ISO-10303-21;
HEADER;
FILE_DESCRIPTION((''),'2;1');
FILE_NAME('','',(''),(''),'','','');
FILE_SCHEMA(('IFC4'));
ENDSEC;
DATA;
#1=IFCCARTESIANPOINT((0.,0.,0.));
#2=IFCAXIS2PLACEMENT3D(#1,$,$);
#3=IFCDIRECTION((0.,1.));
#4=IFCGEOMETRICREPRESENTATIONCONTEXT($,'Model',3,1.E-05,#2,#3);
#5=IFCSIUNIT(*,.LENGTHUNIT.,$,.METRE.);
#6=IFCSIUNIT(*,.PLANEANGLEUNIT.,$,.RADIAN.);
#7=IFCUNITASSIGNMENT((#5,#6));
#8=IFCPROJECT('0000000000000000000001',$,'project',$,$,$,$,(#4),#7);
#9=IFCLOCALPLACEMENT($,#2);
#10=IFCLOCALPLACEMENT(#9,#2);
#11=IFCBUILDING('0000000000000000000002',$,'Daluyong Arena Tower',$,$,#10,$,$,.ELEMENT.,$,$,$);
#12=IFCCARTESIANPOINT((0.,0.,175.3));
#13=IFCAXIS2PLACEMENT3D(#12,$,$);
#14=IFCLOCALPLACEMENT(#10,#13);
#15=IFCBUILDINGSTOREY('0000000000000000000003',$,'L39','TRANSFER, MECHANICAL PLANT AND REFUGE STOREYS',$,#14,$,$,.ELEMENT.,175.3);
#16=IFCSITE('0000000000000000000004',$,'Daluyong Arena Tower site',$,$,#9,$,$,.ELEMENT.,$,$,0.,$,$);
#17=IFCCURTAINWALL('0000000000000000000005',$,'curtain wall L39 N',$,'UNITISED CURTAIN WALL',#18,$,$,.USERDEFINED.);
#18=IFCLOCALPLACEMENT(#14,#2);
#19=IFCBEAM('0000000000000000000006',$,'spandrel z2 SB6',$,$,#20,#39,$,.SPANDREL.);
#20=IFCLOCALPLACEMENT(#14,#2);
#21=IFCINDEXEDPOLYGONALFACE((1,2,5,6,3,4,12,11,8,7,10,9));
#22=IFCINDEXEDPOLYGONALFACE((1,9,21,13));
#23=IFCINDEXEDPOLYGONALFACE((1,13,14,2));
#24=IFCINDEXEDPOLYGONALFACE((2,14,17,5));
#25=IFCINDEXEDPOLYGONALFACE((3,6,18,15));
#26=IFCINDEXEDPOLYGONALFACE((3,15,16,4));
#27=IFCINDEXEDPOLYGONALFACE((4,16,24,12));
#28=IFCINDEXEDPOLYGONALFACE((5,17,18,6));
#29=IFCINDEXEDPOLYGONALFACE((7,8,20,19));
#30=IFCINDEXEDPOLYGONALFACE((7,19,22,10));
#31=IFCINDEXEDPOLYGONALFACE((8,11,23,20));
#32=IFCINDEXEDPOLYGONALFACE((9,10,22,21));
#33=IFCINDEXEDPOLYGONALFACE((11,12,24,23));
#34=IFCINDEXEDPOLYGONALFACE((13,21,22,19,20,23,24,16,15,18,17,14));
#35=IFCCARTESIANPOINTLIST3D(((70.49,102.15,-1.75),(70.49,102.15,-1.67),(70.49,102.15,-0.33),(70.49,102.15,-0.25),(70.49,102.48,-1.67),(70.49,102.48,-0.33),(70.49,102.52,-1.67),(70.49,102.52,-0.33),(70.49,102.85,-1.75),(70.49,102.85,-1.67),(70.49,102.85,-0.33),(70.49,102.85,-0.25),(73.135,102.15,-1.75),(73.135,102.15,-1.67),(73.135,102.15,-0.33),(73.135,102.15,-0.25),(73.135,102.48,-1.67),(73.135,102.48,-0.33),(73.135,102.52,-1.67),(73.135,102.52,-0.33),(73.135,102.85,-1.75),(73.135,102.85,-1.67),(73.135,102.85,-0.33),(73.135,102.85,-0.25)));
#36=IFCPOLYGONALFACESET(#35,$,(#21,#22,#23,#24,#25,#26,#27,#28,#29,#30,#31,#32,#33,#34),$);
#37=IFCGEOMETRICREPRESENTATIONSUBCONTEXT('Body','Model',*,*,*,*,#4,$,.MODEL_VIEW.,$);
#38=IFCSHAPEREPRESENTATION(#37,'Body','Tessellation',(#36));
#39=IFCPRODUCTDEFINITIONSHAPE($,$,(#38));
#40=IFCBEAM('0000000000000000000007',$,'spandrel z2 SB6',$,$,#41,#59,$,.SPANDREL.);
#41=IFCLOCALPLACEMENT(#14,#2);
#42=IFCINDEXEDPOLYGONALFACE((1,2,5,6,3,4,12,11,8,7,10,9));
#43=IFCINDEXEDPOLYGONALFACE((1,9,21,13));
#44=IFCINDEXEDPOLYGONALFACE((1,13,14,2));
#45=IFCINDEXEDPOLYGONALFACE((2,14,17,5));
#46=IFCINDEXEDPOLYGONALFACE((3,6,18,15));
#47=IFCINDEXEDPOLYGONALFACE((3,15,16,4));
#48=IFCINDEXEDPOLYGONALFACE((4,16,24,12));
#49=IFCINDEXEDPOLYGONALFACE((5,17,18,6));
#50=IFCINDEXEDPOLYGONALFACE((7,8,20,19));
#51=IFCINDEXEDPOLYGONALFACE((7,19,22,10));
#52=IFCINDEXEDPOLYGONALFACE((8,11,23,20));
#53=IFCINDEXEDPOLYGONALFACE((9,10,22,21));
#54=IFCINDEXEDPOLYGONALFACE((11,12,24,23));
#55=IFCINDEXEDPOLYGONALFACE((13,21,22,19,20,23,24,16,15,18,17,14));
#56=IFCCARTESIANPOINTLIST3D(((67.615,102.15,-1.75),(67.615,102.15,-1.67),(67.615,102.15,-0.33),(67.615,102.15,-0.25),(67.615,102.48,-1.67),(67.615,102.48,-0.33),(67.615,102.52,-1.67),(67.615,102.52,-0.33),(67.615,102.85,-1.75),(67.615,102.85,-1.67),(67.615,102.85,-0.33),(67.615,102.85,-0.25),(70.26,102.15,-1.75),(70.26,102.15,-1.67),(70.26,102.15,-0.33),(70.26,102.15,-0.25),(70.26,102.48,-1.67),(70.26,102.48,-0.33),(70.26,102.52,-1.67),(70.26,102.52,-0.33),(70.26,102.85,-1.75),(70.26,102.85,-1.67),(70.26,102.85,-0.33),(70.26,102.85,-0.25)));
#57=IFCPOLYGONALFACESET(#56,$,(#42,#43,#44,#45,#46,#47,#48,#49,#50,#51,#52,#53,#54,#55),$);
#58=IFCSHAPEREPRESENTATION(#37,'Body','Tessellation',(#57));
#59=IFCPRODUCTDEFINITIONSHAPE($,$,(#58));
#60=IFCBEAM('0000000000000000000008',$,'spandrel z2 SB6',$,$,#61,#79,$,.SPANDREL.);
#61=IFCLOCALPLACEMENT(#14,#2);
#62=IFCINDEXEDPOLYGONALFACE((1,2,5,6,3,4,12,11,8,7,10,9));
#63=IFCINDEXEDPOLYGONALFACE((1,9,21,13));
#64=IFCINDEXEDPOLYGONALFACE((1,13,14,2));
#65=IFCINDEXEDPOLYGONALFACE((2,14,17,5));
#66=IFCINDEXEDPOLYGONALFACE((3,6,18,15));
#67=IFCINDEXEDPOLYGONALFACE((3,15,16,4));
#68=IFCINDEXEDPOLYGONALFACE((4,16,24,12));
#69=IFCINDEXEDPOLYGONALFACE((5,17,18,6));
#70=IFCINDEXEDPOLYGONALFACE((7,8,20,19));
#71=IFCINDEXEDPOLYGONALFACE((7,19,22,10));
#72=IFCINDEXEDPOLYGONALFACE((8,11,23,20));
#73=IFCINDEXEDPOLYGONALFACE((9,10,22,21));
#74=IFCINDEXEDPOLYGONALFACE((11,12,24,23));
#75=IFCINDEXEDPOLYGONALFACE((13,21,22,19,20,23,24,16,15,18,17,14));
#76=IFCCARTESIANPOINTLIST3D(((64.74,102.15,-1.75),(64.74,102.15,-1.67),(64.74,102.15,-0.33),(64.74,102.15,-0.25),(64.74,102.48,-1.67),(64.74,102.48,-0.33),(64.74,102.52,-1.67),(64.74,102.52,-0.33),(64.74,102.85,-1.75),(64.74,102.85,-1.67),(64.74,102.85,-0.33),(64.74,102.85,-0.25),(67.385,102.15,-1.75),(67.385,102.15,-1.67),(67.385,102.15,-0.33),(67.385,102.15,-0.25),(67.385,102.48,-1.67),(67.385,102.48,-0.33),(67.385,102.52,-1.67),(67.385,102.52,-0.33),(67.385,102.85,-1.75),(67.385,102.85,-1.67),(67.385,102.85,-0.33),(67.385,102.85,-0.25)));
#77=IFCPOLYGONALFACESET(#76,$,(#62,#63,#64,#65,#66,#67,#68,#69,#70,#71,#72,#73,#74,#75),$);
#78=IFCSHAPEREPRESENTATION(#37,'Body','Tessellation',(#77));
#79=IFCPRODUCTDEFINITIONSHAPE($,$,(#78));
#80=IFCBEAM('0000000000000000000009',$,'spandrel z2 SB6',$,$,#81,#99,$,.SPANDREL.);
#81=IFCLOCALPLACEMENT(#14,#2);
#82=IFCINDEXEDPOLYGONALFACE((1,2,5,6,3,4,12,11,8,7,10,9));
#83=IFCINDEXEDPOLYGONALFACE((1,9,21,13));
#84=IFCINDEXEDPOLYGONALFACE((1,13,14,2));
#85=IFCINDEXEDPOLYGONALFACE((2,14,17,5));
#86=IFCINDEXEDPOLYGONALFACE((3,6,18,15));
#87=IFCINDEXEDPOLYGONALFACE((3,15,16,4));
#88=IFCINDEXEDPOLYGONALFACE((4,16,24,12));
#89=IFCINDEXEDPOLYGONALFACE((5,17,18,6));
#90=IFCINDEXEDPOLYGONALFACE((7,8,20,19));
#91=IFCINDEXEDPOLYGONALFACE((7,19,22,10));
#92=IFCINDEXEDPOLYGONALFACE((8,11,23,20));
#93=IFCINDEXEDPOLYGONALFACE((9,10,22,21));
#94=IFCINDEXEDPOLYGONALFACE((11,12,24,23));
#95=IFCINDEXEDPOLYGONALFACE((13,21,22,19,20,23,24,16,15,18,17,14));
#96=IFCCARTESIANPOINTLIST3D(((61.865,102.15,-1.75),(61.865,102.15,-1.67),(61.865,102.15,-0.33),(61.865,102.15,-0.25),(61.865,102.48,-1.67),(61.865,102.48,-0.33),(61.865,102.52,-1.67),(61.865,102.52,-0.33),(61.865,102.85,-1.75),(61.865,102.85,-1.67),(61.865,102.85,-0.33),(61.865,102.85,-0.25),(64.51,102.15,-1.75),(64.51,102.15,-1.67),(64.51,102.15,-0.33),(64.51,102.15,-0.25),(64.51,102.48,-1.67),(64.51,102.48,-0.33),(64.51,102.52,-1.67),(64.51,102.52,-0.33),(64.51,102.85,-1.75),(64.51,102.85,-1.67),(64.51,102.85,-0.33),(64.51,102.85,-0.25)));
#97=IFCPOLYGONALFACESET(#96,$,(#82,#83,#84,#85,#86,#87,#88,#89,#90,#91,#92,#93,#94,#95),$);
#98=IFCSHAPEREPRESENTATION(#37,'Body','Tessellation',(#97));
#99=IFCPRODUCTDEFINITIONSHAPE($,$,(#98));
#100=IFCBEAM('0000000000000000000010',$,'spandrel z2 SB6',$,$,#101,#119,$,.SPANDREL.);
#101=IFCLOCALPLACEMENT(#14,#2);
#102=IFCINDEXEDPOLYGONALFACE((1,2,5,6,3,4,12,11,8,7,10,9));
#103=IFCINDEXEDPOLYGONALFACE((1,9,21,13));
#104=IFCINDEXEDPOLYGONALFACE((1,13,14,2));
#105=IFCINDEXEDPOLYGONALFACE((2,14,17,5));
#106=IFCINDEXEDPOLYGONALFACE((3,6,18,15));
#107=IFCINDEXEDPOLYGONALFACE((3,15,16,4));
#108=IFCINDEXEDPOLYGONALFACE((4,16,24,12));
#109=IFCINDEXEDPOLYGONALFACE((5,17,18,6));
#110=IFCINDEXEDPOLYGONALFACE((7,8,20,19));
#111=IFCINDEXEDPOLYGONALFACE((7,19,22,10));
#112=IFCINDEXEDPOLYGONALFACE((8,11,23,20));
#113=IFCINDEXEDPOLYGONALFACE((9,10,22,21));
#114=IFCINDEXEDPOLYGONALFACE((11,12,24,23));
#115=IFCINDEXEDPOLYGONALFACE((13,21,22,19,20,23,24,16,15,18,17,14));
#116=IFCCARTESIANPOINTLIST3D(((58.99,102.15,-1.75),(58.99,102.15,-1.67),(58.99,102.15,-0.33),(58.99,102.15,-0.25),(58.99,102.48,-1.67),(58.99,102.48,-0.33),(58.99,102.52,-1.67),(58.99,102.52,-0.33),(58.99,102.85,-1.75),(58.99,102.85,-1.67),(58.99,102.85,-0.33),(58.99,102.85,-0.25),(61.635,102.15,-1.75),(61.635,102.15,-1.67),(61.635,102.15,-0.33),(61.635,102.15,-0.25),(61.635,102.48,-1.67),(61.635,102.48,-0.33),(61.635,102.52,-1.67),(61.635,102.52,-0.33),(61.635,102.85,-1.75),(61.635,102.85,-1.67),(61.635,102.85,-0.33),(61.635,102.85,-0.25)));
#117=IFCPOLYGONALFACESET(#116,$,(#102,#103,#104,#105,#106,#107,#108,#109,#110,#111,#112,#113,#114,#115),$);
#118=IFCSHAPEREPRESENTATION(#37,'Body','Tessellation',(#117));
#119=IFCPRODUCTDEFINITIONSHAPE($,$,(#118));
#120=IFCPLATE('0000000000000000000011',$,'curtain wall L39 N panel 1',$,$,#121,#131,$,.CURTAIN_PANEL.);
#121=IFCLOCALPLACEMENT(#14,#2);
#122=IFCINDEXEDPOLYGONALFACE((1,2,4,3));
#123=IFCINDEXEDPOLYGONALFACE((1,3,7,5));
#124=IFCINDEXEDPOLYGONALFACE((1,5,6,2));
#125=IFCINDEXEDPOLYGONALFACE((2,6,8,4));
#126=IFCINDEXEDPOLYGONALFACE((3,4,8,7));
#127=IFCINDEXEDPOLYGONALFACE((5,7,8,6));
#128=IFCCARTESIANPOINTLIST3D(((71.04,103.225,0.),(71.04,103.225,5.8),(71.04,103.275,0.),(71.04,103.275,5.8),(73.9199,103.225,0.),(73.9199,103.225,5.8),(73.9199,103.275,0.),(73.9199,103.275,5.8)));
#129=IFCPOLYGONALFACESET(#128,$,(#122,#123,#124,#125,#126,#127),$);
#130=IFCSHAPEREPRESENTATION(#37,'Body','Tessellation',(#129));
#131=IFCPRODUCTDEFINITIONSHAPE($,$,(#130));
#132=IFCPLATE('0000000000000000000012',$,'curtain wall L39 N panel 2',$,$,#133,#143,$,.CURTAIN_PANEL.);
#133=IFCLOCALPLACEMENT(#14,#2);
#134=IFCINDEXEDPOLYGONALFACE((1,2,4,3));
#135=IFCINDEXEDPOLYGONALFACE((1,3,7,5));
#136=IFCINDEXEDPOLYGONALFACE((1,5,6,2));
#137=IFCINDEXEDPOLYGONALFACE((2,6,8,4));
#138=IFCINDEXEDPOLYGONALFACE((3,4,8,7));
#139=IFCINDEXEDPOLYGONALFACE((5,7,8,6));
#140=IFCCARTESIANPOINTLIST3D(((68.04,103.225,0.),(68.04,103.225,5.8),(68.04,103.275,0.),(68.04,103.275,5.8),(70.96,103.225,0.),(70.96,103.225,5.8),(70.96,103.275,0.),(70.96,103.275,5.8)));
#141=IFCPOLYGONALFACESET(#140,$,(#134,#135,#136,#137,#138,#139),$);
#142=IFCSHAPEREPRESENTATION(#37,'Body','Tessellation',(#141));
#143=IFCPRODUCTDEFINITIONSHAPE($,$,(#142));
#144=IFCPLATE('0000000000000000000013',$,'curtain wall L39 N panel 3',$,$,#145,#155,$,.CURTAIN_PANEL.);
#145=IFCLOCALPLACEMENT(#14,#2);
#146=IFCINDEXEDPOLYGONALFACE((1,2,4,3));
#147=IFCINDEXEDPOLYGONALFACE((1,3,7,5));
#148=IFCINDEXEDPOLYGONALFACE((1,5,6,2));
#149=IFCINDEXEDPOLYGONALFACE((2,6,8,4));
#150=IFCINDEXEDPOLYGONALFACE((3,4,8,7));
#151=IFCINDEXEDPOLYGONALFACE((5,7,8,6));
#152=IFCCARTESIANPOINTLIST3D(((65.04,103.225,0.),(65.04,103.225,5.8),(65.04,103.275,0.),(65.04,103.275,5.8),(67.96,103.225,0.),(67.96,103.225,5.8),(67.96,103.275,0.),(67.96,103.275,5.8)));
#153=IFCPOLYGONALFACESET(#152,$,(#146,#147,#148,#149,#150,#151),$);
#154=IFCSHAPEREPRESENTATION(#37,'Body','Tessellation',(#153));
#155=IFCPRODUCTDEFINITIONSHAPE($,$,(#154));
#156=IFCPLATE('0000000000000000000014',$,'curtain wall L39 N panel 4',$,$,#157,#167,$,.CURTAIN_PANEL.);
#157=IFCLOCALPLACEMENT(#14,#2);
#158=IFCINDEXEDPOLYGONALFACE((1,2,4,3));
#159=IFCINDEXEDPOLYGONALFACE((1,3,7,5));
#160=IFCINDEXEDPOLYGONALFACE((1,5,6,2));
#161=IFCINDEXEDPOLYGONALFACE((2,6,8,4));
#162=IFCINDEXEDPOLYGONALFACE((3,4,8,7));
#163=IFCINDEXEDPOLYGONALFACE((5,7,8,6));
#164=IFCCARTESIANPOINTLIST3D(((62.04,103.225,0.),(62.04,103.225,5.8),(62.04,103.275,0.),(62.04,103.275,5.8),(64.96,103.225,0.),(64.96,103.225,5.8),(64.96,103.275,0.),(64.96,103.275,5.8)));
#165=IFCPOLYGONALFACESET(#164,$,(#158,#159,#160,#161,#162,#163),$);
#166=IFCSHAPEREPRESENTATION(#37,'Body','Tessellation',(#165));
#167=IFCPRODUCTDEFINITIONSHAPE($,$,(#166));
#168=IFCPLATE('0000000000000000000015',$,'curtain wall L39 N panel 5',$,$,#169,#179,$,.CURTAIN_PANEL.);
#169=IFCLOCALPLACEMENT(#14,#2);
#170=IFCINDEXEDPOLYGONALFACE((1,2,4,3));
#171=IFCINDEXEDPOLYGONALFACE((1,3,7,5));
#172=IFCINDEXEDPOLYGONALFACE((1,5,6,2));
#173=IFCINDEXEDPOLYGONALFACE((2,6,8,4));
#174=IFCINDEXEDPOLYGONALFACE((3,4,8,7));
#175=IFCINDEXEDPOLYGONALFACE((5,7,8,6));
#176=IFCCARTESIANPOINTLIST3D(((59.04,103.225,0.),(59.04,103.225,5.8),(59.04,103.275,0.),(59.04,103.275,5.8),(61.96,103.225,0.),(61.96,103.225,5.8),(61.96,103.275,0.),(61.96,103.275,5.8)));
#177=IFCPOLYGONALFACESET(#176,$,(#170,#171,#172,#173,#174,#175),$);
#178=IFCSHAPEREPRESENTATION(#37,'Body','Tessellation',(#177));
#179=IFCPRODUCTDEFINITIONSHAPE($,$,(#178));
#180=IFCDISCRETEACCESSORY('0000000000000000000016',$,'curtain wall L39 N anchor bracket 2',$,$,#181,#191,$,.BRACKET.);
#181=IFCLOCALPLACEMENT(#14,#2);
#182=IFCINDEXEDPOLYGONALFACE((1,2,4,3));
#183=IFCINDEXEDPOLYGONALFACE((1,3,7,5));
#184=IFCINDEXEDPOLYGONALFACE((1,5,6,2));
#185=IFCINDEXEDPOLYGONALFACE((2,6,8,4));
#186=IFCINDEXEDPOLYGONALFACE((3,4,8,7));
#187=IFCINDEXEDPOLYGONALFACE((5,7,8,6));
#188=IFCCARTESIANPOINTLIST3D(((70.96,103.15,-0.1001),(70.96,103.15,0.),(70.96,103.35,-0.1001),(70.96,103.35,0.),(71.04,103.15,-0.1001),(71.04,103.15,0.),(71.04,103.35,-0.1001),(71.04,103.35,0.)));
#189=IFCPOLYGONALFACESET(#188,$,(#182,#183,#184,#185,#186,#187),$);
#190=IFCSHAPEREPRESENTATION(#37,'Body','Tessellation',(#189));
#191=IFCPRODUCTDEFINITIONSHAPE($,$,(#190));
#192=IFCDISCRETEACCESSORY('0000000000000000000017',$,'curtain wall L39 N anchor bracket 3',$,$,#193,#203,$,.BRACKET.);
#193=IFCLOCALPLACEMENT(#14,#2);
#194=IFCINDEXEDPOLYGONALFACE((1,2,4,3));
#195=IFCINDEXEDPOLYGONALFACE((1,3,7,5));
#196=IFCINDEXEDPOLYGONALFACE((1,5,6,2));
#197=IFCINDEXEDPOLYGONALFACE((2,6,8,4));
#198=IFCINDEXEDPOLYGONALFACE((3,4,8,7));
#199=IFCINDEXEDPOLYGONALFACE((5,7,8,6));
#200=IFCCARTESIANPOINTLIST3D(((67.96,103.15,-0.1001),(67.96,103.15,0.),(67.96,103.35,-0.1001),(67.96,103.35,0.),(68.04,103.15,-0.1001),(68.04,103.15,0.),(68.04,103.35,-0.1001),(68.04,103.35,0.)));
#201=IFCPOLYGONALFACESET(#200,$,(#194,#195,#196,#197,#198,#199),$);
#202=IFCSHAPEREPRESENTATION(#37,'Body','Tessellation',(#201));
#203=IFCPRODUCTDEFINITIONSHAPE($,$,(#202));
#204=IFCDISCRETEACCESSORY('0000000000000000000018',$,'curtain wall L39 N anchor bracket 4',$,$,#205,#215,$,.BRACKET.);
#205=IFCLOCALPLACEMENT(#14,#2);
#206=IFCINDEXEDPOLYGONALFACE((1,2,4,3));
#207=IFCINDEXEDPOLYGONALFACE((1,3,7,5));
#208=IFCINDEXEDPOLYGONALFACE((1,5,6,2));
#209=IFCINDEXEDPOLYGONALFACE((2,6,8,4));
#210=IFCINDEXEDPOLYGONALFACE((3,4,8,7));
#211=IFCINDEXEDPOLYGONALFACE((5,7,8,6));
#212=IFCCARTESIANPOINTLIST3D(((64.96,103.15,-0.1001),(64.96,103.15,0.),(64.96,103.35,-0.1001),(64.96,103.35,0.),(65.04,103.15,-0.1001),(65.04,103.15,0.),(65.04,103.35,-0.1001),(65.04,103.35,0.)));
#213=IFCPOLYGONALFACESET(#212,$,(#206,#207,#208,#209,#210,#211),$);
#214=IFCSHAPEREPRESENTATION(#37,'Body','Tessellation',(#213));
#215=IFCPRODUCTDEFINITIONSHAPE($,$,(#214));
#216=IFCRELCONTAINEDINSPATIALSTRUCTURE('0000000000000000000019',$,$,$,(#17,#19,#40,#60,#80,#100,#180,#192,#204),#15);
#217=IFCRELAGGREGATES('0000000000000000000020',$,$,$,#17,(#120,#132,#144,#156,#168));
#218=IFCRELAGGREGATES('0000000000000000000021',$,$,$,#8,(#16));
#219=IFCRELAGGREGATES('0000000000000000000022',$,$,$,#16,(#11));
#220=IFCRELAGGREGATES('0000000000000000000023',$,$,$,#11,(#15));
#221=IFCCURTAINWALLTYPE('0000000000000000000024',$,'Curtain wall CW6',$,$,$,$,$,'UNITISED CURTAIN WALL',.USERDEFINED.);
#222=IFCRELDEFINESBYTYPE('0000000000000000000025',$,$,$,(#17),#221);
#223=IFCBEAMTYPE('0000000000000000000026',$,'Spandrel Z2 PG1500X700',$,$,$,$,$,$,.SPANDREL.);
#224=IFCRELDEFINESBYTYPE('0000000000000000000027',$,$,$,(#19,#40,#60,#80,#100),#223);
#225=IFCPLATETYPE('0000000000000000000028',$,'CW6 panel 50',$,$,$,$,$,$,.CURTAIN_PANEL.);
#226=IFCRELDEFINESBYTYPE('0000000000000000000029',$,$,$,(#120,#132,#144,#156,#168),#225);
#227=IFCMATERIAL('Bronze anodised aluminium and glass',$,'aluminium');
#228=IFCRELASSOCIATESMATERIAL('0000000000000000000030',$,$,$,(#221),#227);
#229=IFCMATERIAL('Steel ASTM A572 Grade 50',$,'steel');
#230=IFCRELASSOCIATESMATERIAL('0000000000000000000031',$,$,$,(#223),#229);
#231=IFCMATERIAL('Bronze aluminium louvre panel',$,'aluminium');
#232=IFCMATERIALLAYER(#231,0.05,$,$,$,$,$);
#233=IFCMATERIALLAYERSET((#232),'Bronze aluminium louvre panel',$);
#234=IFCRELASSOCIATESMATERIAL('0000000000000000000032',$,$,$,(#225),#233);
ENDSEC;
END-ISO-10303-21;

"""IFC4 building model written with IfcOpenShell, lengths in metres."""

from ifc_helpers import new_model, si_unit, direction, frame, origin, origin_2d, place, context, subcontext, project, spatial, rectangle, i_section, extrude, material, layer, layer_set, material_profile, profile_set, type_object, element, aggregate, save


model = new_model("IFC4")

# Units and contexts
model_context = context("Model", 3, precision=1e-05, world=origin(), true_north=direction((0.0, 1.0)))
body_context = subcontext(model_context, "Body", "Model", "MODEL_VIEW")
ifc_project = project(units=[si_unit("LENGTHUNIT", "METRE"), si_unit("PLANEANGLEUNIT", "RADIAN")], contexts=[model_context])

# Site, building, storey
site_placement = place(None, origin())
site = spatial("IfcSite", under=ifc_project, at=site_placement, Name="Daluyong Arena Tower site", CompositionType="ELEMENT", RefElevation=0.0)
building_placement = place(site_placement, origin())
building = spatial("IfcBuilding", under=site, at=building_placement, Name="Daluyong Arena Tower", CompositionType="ELEMENT")
storey_placement = place(building_placement, frame((0.0, 0.0, 175.3)))
storey = spatial("IfcBuildingStorey", under=building, at=storey_placement, Name="L39", Description="TRANSFER, MECHANICAL PLANT AND REFUGE STOREYS", CompositionType="ELEMENT", Elevation=175.3)

# Curtain wall
ifc_material_1 = material(Name="Bronze anodised aluminium and glass", Category="aluminium")
curtain_wall_type = type_object("IfcCurtainWallType", Name="Curtain wall CW6", ElementType="UNITISED CURTAIN WALL", PredefinedType="USERDEFINED", material=ifc_material_1)
curtain_wall_placement = place(storey_placement, origin())
curtain_wall = element("IfcCurtainWall", 1, at=curtain_wall_placement, inside=storey, type_object=curtain_wall_type, Name="curtain wall L39 N", ObjectType="UNITISED CURTAIN WALL", PredefinedType="USERDEFINED")

# Beams
ifc_material_2 = material(Name="Steel ASTM A572 Grade 50", Category="steel")
ifc_material_profile_1 = material_profile(ifc_material_2, i_section(OverallWidth=0.7, OverallDepth=1.5, WebThickness=0.04, FlangeThickness=0.08, at=origin_2d()))
ifc_profile_set_1 = profile_set([ifc_material_profile_1], Name="Steel ASTM A572 Grade 50")
beam_type_1 = type_object("IfcBeamType", Name="Spandrel Z2 PG1500X700", PredefinedType="SPANDREL", material=ifc_profile_set_1)
for number, where, z_axis, x_axis, name in (
    (2, (73.135, 102.5, -1.0), (-1.0, 0.0, 0.0), (0.0, -1.0, 0.0), "spandrel z2 SB6"),
    (3, (70.26, 102.5, -1.0), (-1.0, 0.0, 0.0), (0.0, -1.0, 0.0), "spandrel z2 SB6"),
    (4, (67.385, 102.5, -1.0), (-1.0, 0.0, 0.0), (0.0, -1.0, 0.0), "spandrel z2 SB6"),
    (5, (64.51, 102.5, -1.0), (-1.0, 0.0, 0.0), (0.0, -1.0, 0.0), "spandrel z2 SB6"),
    (6, (61.635, 102.5, -1.0), (-1.0, 0.0, 0.0), (0.0, -1.0, 0.0), "spandrel z2 SB6"),
):
    element("IfcBeam", number, at=place(storey_placement, frame(where, z_axis=z_axis, x_axis=x_axis)), inside=storey, type_object=beam_type_1, Name=name, PredefinedType="SPANDREL", context=body_context, shape_type="SweptSolid", body=[
        extrude(i_section(OverallWidth=0.7, OverallDepth=1.5, WebThickness=0.04, FlangeThickness=0.08, at=origin_2d()), origin(), (0.0, 0.0, 1.0), 2.645),
    ])

# Plates
ifc_material_3 = material(Name="Bronze aluminium louvre panel", Category="aluminium")
ifc_layer = layer(ifc_material_3, 0.05)
ifc_layer_set = layer_set([ifc_layer], Name="Bronze aluminium louvre panel")
plate_type = type_object("IfcPlateType", Name="CW6 panel 50", PredefinedType="CURTAIN_PANEL", material=ifc_layer_set)
plate_1_placement = place(storey_placement, frame((72.48, 103.25, 0.0), z_axis=(0.0, 0.0, 1.0), x_axis=(-1.0, 0.0, 0.0)))
plate_1 = element("IfcPlate", 7, at=plate_1_placement, type_object=plate_type, Name="curtain wall L39 N panel 1", PredefinedType="CURTAIN_PANEL", context=body_context, shape_type="SweptSolid", body=[
    extrude(rectangle(XDim=2.8799, YDim=0.05, at=origin_2d()), origin(), (0.0, 0.0, 1.0), 5.8),
])
plate_2_placement = place(storey_placement, frame((69.5, 103.25, 0.0), z_axis=(0.0, 0.0, 1.0), x_axis=(-1.0, 0.0, 0.0)))
plate_2 = element("IfcPlate", 8, at=plate_2_placement, type_object=plate_type, Name="curtain wall L39 N panel 2", PredefinedType="CURTAIN_PANEL", context=body_context, shape_type="SweptSolid", body=[
    extrude(rectangle(XDim=2.9199, YDim=0.05, at=origin_2d()), origin(), (0.0, 0.0, 1.0), 5.8),
])
plate_3_placement = place(storey_placement, frame((66.5, 103.25, 0.0), z_axis=(0.0, 0.0, 1.0), x_axis=(-1.0, 0.0, 0.0)))
plate_3 = element("IfcPlate", 9, at=plate_3_placement, type_object=plate_type, Name="curtain wall L39 N panel 3", PredefinedType="CURTAIN_PANEL", context=body_context, shape_type="SweptSolid", body=[
    extrude(rectangle(XDim=2.9199, YDim=0.05, at=origin_2d()), origin(), (0.0, 0.0, 1.0), 5.8),
])
plate_4_placement = place(storey_placement, frame((63.5, 103.25, 0.0), z_axis=(0.0, 0.0, 1.0), x_axis=(-1.0, 0.0, 0.0)))
plate_4 = element("IfcPlate", 10, at=plate_4_placement, type_object=plate_type, Name="curtain wall L39 N panel 4", PredefinedType="CURTAIN_PANEL", context=body_context, shape_type="SweptSolid", body=[
    extrude(rectangle(XDim=2.9199, YDim=0.05, at=origin_2d()), origin(), (0.0, 0.0, 1.0), 5.8),
])
plate_5_placement = place(storey_placement, frame((60.5, 103.25, 0.0), z_axis=(0.0, 0.0, 1.0), x_axis=(-1.0, 0.0, 0.0)))
plate_5 = element("IfcPlate", 11, at=plate_5_placement, type_object=plate_type, Name="curtain wall L39 N panel 5", PredefinedType="CURTAIN_PANEL", context=body_context, shape_type="SweptSolid", body=[
    extrude(rectangle(XDim=2.9199, YDim=0.05, at=origin_2d()), origin(), (0.0, 0.0, 1.0), 5.8),
])
aggregate(curtain_wall, [plate_1, plate_2, plate_3, plate_4, plate_5])

# Discrete accessories
for number, where, z_axis, x_axis, name in (
    (12, (71.0, 103.25, -0.1001), (0.0, 0.0, 1.0), (-1.0, 0.0, 0.0), "curtain wall L39 N anchor bracket 2"),
    (13, (68.0, 103.25, -0.1001), (0.0, 0.0, 1.0), (-1.0, 0.0, 0.0), "curtain wall L39 N anchor bracket 3"),
    (14, (65.0, 103.25, -0.1001), (0.0, 0.0, 1.0), (-1.0, 0.0, 0.0), "curtain wall L39 N anchor bracket 4"),
):
    element("IfcDiscreteAccessory", number, at=place(storey_placement, frame(where, z_axis=z_axis, x_axis=x_axis)), inside=storey, Name=name, PredefinedType="BRACKET", context=body_context, shape_type="SweptSolid", body=[
        extrude(rectangle(XDim=0.0801, YDim=0.2, at=origin_2d()), origin(), (0.0, 0.0, 1.0), 0.1001),
    ])

save(model, "model.ifc")
